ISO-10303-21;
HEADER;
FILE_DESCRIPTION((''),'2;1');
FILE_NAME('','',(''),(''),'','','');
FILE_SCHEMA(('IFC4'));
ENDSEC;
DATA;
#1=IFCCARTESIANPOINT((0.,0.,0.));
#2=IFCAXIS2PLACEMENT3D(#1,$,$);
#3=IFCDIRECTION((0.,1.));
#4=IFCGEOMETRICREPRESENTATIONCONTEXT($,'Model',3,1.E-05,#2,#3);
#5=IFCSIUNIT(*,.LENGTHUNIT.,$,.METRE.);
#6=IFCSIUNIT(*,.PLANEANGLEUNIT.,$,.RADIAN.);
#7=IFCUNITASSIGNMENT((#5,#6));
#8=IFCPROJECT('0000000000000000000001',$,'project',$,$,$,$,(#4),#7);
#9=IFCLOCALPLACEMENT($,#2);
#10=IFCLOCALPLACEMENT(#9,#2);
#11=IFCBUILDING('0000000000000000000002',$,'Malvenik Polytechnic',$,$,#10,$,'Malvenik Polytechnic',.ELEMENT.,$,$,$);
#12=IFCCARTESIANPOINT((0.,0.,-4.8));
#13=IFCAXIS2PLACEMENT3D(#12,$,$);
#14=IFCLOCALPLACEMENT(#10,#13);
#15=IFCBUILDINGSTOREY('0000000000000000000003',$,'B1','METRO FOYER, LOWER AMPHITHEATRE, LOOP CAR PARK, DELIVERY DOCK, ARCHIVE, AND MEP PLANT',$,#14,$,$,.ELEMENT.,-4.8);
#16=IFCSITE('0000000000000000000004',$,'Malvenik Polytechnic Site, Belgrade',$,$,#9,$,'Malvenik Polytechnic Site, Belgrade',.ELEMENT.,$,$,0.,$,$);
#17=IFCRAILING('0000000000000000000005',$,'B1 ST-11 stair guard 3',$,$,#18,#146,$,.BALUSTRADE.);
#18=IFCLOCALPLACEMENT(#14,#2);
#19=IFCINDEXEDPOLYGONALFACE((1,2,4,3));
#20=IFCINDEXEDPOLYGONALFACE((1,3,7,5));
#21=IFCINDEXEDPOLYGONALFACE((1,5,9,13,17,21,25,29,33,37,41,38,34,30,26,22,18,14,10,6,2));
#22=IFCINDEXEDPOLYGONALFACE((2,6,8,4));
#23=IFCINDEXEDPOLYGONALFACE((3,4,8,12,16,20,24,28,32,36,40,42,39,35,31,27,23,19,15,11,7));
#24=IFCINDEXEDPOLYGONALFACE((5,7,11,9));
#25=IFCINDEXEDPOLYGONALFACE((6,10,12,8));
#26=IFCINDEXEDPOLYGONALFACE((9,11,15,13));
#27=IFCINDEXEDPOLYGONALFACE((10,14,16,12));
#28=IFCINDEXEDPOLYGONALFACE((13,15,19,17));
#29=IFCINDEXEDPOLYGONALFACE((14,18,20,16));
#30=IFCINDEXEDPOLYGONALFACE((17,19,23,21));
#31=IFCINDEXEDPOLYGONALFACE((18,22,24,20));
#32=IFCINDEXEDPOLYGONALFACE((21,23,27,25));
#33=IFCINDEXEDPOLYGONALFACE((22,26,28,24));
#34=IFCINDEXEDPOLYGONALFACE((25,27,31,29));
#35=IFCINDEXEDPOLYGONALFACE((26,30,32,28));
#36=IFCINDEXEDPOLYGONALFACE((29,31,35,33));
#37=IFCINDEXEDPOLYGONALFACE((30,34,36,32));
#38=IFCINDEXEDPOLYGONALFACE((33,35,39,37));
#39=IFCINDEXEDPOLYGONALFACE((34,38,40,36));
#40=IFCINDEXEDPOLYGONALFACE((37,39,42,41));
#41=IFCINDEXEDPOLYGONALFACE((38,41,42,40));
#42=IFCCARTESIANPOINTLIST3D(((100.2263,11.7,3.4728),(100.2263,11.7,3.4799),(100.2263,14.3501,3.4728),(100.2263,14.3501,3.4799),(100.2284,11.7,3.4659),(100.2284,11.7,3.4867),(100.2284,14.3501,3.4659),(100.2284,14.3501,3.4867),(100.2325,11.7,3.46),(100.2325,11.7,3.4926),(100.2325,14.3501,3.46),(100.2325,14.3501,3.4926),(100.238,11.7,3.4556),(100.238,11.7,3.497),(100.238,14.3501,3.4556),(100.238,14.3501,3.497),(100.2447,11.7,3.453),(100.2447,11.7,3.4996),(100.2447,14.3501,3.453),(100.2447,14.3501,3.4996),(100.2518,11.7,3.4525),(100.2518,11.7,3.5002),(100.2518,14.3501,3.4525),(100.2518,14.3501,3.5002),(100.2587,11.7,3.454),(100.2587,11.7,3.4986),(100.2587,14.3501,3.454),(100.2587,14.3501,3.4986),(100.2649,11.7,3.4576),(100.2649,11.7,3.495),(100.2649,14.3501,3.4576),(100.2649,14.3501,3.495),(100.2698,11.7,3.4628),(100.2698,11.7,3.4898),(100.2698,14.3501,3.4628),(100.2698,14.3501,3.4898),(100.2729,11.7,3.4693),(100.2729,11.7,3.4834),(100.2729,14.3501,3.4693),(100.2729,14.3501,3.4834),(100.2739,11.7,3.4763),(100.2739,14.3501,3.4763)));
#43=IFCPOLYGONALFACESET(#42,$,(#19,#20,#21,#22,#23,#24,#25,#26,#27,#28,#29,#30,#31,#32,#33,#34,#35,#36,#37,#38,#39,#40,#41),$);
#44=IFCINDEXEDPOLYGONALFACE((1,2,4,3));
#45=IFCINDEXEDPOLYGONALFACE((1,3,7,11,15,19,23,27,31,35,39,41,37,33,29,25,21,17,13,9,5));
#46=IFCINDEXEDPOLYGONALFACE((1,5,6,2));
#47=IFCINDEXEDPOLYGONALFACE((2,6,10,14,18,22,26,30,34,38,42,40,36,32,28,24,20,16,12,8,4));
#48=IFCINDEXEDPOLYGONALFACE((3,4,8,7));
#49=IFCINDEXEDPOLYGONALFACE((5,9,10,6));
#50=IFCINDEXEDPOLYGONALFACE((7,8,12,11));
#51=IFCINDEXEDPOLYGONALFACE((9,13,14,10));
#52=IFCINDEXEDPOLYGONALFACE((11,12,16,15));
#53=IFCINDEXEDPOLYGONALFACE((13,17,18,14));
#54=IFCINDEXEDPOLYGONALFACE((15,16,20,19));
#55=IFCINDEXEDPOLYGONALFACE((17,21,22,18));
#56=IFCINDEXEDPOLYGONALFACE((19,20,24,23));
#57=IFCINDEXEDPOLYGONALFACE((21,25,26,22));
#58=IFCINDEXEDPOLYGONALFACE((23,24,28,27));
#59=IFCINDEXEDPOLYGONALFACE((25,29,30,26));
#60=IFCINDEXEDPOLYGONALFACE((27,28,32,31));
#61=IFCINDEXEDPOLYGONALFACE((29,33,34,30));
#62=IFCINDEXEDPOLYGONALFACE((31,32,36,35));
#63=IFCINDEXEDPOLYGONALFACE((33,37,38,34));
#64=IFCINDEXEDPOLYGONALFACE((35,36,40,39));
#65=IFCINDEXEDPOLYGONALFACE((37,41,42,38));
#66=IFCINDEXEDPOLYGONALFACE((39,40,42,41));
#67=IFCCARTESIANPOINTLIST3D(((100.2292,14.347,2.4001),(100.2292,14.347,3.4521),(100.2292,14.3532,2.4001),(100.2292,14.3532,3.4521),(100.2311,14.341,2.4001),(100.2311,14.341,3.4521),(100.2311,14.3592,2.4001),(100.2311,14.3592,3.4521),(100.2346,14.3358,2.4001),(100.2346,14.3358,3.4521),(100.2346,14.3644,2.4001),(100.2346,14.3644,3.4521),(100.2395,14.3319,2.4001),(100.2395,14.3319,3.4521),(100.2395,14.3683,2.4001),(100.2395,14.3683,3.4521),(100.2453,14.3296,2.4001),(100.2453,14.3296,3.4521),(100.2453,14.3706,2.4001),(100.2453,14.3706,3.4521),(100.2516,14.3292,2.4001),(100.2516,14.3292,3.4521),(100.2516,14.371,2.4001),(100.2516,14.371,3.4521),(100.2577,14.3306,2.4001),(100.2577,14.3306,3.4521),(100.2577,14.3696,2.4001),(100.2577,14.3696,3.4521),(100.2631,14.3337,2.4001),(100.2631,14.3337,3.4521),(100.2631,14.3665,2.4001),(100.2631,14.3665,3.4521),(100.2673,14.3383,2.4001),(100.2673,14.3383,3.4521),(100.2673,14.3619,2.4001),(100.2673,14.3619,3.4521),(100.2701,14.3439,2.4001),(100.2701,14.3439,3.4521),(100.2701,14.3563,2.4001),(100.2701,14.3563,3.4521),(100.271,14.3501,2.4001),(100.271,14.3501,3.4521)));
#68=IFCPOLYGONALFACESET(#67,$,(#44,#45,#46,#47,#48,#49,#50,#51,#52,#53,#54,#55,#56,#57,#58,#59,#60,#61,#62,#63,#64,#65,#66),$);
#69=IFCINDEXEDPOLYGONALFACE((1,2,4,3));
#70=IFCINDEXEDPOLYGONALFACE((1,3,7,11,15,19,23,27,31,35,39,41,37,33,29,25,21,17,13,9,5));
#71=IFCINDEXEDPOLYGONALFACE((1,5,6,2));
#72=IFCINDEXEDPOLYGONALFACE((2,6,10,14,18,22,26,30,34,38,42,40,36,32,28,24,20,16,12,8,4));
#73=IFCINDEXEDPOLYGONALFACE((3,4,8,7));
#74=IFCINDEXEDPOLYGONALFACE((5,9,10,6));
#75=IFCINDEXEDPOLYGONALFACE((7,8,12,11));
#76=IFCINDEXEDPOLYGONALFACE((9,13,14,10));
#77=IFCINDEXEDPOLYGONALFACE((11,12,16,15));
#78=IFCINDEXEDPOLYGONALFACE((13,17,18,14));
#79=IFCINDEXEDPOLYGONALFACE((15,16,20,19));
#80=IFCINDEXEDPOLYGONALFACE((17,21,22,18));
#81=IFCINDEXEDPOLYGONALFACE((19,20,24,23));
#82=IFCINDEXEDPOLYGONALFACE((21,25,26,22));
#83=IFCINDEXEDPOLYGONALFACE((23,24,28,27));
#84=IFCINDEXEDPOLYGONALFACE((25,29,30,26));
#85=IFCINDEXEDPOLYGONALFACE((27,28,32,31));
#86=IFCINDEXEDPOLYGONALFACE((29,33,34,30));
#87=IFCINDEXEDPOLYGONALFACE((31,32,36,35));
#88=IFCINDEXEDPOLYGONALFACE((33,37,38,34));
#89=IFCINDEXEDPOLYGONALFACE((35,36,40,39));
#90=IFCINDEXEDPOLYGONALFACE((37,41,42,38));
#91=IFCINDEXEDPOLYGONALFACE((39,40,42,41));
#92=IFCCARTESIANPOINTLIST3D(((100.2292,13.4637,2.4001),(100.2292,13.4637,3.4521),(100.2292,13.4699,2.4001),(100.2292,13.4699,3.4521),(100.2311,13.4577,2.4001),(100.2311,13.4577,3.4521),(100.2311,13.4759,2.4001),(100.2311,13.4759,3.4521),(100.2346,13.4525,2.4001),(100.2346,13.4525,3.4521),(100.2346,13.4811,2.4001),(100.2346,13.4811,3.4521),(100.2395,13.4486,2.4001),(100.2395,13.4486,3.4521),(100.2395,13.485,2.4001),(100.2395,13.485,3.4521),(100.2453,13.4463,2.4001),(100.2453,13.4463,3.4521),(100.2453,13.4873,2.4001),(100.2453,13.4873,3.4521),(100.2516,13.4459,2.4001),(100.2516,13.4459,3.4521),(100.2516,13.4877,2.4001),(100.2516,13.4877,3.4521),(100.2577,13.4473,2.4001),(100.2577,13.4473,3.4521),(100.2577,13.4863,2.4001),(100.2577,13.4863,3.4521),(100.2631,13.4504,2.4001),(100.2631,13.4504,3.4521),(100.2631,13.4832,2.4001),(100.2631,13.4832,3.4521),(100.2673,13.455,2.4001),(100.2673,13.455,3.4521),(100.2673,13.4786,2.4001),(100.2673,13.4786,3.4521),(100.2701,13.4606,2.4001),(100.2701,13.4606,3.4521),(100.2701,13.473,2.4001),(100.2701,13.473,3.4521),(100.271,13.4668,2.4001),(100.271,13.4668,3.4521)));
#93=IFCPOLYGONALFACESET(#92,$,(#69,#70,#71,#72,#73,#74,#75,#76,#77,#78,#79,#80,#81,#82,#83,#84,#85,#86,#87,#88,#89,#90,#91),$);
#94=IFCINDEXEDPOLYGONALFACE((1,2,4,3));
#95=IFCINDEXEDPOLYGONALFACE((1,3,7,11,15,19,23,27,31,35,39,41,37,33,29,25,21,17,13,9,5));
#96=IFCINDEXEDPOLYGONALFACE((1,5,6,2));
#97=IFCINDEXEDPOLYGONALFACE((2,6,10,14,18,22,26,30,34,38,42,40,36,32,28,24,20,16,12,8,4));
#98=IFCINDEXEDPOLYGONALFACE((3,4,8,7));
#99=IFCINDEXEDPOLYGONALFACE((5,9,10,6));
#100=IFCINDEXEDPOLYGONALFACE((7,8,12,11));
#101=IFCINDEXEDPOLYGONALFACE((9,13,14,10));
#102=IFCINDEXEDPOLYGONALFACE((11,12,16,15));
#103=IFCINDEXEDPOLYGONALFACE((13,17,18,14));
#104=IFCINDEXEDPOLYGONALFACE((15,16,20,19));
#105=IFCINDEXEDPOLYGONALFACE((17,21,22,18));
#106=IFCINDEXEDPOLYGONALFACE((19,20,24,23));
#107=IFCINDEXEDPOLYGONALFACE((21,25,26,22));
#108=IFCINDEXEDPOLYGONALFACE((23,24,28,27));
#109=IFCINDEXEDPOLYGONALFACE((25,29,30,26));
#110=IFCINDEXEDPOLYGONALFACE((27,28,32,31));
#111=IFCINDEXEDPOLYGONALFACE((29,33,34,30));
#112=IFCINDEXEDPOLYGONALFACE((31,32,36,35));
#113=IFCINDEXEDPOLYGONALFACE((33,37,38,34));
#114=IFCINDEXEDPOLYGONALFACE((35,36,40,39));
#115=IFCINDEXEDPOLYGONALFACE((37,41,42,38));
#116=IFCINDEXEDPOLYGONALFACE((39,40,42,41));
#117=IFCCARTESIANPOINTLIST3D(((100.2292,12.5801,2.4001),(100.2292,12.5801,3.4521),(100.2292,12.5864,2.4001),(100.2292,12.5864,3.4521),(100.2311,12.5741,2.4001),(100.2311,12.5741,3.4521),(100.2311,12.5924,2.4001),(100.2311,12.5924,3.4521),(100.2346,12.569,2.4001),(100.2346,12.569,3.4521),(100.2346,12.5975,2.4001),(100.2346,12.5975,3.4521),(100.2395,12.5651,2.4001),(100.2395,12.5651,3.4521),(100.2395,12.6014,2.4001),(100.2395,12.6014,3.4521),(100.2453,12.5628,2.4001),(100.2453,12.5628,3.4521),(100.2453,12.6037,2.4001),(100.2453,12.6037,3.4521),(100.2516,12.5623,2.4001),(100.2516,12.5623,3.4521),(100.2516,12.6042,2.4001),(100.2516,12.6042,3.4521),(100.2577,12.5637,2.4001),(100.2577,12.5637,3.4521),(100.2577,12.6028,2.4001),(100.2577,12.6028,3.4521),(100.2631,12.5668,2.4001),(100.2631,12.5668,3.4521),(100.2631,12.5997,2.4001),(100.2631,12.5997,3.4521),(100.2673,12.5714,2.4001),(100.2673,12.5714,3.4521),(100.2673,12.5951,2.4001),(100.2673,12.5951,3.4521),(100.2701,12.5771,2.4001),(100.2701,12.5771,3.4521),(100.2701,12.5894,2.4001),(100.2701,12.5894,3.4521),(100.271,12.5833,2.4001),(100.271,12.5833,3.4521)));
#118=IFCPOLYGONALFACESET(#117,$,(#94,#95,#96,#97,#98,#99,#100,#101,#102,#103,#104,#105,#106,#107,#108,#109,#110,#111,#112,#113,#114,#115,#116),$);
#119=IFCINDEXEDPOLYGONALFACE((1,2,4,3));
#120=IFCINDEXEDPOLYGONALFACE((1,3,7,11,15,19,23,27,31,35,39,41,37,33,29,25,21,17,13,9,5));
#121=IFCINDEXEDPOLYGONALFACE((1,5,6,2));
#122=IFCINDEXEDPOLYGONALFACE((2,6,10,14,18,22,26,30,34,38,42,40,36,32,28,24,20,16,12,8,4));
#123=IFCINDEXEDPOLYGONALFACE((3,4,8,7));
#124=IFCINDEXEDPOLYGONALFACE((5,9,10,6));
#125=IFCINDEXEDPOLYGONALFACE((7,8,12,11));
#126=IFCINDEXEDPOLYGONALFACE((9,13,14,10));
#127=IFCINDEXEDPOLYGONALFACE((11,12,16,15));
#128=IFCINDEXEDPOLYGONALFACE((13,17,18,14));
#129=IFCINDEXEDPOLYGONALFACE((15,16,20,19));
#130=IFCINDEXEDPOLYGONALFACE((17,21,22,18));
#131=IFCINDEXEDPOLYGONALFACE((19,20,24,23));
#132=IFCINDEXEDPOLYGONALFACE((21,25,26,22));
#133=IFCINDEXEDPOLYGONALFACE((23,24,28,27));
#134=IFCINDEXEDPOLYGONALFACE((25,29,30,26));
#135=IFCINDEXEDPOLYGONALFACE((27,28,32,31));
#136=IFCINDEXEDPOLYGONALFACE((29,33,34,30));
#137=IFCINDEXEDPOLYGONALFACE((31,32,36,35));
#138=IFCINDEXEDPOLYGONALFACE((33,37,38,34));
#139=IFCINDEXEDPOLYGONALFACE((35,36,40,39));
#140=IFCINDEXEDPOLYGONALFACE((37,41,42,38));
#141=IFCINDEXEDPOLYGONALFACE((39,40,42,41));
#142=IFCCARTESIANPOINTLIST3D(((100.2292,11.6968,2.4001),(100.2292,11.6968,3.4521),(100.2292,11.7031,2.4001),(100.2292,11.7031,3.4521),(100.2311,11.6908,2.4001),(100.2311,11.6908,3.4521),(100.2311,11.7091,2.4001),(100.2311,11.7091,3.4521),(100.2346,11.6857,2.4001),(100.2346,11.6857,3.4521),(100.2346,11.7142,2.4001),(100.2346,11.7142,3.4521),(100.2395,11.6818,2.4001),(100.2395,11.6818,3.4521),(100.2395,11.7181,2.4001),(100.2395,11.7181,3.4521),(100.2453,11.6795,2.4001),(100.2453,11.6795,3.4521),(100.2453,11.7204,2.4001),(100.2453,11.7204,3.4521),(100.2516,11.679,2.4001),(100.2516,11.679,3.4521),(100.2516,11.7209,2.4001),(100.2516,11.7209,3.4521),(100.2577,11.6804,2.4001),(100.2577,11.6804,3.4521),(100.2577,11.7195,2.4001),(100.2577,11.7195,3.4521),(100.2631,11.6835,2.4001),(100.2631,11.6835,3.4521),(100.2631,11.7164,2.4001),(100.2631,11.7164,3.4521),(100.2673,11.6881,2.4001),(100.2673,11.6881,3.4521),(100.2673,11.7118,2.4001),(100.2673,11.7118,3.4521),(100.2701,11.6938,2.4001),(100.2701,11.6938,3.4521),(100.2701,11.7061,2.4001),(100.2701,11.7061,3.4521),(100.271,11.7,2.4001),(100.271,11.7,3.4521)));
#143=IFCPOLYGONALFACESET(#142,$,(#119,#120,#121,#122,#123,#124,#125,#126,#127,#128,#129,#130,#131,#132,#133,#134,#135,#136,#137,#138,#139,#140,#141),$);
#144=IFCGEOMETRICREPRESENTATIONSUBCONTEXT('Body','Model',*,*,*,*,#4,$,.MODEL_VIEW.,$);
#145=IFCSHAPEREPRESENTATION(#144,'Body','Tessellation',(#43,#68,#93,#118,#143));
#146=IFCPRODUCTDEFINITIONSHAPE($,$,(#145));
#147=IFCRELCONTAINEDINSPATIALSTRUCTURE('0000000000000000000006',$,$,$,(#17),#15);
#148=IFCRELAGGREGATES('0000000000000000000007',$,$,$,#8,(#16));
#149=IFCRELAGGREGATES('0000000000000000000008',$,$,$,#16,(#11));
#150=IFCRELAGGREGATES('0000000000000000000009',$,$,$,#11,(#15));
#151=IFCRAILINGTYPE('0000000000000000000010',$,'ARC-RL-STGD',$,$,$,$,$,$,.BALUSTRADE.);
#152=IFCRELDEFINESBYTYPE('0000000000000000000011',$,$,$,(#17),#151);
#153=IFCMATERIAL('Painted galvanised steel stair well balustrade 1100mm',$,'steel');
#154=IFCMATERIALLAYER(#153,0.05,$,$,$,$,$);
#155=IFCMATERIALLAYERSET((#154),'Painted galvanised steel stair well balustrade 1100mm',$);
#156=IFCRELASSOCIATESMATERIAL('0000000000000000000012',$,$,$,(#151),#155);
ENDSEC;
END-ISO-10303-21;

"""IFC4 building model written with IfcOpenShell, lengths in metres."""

from ifc_helpers import new_model, si_unit, direction, frame, origin, origin_2d, place, context, subcontext, project, spatial, circle, extrude, material, layer, layer_set, type_object, element, save


model = new_model("IFC4")

# Units and contexts
model_context = context("Model", 3, precision=1e-05, world=origin(), true_north=direction((0.0, 1.0)))
body_context = subcontext(model_context, "Body", "Model", "MODEL_VIEW")
ifc_project = project(units=[si_unit("LENGTHUNIT", "METRE"), si_unit("PLANEANGLEUNIT", "RADIAN")], contexts=[model_context])

# Site, building, storey
site_placement = place(None, origin())
site = spatial("IfcSite", under=ifc_project, at=site_placement, Name="Malvenik Polytechnic Site, Belgrade", LongName="Malvenik Polytechnic Site, Belgrade", CompositionType="ELEMENT", RefElevation=0.0)
building_placement = place(site_placement, origin())
building = spatial("IfcBuilding", under=site, at=building_placement, Name="Malvenik Polytechnic", LongName="Malvenik Polytechnic", CompositionType="ELEMENT")
storey_placement = place(building_placement, frame((0.0, 0.0, -4.8)))
storey = spatial("IfcBuildingStorey", under=building, at=storey_placement, Name="B1", Description="METRO FOYER, LOWER AMPHITHEATRE, LOOP CAR PARK, DELIVERY DOCK, ARCHIVE, AND MEP PLANT", CompositionType="ELEMENT", Elevation=-4.8)

# Railing
ifc_material_1 = material(Name="Painted galvanised steel stair well balustrade 1100mm", Category="steel")
ifc_layer_1 = layer(ifc_material_1, 0.05)
ifc_layer_set_1 = layer_set([ifc_layer_1], Name="Painted galvanised steel stair well balustrade 1100mm")
railing_type_1 = type_object("IfcRailingType", Name="ARC-RL-STGD", PredefinedType="BALUSTRADE", material=ifc_layer_set_1)
for number, where, name in (
    (1, (100.25, 14.3501, 2.4001), "B1 ST-11 stair guard 3"),
):
    element("IfcRailing", number, at=place(storey_placement, frame(where)), inside=storey, type_object=railing_type_1, Name=name, PredefinedType="BALUSTRADE", context=body_context, shape_type="SweptSolid", body=[
        extrude(circle(Radius=0.0239, at=origin_2d()), frame((0.0, 0.0, 1.0762), z_axis=(0.0, -1.0, 0.0), x_axis=(1.0, 0.0, 0.0)), (0.0, 0.0, 1.0), 2.6501),
        extrude(circle(Radius=0.021, at=origin_2d()), origin(), (0.0, 0.0, 1.0), 1.052),
        extrude(circle(Radius=0.021, at=origin_2d()), frame((0.0, -0.8833, 0.0)), (0.0, 0.0, 1.0), 1.052),
        extrude(circle(Radius=0.021, at=origin_2d()), frame((0.0, -1.7668, 0.0)), (0.0, 0.0, 1.0), 1.052),
        extrude(circle(Radius=0.021, at=origin_2d()), frame((0.0, -2.6501, 0.0)), (0.0, 0.0, 1.0), 1.052),
    ])

save(model, "model.ifc")
